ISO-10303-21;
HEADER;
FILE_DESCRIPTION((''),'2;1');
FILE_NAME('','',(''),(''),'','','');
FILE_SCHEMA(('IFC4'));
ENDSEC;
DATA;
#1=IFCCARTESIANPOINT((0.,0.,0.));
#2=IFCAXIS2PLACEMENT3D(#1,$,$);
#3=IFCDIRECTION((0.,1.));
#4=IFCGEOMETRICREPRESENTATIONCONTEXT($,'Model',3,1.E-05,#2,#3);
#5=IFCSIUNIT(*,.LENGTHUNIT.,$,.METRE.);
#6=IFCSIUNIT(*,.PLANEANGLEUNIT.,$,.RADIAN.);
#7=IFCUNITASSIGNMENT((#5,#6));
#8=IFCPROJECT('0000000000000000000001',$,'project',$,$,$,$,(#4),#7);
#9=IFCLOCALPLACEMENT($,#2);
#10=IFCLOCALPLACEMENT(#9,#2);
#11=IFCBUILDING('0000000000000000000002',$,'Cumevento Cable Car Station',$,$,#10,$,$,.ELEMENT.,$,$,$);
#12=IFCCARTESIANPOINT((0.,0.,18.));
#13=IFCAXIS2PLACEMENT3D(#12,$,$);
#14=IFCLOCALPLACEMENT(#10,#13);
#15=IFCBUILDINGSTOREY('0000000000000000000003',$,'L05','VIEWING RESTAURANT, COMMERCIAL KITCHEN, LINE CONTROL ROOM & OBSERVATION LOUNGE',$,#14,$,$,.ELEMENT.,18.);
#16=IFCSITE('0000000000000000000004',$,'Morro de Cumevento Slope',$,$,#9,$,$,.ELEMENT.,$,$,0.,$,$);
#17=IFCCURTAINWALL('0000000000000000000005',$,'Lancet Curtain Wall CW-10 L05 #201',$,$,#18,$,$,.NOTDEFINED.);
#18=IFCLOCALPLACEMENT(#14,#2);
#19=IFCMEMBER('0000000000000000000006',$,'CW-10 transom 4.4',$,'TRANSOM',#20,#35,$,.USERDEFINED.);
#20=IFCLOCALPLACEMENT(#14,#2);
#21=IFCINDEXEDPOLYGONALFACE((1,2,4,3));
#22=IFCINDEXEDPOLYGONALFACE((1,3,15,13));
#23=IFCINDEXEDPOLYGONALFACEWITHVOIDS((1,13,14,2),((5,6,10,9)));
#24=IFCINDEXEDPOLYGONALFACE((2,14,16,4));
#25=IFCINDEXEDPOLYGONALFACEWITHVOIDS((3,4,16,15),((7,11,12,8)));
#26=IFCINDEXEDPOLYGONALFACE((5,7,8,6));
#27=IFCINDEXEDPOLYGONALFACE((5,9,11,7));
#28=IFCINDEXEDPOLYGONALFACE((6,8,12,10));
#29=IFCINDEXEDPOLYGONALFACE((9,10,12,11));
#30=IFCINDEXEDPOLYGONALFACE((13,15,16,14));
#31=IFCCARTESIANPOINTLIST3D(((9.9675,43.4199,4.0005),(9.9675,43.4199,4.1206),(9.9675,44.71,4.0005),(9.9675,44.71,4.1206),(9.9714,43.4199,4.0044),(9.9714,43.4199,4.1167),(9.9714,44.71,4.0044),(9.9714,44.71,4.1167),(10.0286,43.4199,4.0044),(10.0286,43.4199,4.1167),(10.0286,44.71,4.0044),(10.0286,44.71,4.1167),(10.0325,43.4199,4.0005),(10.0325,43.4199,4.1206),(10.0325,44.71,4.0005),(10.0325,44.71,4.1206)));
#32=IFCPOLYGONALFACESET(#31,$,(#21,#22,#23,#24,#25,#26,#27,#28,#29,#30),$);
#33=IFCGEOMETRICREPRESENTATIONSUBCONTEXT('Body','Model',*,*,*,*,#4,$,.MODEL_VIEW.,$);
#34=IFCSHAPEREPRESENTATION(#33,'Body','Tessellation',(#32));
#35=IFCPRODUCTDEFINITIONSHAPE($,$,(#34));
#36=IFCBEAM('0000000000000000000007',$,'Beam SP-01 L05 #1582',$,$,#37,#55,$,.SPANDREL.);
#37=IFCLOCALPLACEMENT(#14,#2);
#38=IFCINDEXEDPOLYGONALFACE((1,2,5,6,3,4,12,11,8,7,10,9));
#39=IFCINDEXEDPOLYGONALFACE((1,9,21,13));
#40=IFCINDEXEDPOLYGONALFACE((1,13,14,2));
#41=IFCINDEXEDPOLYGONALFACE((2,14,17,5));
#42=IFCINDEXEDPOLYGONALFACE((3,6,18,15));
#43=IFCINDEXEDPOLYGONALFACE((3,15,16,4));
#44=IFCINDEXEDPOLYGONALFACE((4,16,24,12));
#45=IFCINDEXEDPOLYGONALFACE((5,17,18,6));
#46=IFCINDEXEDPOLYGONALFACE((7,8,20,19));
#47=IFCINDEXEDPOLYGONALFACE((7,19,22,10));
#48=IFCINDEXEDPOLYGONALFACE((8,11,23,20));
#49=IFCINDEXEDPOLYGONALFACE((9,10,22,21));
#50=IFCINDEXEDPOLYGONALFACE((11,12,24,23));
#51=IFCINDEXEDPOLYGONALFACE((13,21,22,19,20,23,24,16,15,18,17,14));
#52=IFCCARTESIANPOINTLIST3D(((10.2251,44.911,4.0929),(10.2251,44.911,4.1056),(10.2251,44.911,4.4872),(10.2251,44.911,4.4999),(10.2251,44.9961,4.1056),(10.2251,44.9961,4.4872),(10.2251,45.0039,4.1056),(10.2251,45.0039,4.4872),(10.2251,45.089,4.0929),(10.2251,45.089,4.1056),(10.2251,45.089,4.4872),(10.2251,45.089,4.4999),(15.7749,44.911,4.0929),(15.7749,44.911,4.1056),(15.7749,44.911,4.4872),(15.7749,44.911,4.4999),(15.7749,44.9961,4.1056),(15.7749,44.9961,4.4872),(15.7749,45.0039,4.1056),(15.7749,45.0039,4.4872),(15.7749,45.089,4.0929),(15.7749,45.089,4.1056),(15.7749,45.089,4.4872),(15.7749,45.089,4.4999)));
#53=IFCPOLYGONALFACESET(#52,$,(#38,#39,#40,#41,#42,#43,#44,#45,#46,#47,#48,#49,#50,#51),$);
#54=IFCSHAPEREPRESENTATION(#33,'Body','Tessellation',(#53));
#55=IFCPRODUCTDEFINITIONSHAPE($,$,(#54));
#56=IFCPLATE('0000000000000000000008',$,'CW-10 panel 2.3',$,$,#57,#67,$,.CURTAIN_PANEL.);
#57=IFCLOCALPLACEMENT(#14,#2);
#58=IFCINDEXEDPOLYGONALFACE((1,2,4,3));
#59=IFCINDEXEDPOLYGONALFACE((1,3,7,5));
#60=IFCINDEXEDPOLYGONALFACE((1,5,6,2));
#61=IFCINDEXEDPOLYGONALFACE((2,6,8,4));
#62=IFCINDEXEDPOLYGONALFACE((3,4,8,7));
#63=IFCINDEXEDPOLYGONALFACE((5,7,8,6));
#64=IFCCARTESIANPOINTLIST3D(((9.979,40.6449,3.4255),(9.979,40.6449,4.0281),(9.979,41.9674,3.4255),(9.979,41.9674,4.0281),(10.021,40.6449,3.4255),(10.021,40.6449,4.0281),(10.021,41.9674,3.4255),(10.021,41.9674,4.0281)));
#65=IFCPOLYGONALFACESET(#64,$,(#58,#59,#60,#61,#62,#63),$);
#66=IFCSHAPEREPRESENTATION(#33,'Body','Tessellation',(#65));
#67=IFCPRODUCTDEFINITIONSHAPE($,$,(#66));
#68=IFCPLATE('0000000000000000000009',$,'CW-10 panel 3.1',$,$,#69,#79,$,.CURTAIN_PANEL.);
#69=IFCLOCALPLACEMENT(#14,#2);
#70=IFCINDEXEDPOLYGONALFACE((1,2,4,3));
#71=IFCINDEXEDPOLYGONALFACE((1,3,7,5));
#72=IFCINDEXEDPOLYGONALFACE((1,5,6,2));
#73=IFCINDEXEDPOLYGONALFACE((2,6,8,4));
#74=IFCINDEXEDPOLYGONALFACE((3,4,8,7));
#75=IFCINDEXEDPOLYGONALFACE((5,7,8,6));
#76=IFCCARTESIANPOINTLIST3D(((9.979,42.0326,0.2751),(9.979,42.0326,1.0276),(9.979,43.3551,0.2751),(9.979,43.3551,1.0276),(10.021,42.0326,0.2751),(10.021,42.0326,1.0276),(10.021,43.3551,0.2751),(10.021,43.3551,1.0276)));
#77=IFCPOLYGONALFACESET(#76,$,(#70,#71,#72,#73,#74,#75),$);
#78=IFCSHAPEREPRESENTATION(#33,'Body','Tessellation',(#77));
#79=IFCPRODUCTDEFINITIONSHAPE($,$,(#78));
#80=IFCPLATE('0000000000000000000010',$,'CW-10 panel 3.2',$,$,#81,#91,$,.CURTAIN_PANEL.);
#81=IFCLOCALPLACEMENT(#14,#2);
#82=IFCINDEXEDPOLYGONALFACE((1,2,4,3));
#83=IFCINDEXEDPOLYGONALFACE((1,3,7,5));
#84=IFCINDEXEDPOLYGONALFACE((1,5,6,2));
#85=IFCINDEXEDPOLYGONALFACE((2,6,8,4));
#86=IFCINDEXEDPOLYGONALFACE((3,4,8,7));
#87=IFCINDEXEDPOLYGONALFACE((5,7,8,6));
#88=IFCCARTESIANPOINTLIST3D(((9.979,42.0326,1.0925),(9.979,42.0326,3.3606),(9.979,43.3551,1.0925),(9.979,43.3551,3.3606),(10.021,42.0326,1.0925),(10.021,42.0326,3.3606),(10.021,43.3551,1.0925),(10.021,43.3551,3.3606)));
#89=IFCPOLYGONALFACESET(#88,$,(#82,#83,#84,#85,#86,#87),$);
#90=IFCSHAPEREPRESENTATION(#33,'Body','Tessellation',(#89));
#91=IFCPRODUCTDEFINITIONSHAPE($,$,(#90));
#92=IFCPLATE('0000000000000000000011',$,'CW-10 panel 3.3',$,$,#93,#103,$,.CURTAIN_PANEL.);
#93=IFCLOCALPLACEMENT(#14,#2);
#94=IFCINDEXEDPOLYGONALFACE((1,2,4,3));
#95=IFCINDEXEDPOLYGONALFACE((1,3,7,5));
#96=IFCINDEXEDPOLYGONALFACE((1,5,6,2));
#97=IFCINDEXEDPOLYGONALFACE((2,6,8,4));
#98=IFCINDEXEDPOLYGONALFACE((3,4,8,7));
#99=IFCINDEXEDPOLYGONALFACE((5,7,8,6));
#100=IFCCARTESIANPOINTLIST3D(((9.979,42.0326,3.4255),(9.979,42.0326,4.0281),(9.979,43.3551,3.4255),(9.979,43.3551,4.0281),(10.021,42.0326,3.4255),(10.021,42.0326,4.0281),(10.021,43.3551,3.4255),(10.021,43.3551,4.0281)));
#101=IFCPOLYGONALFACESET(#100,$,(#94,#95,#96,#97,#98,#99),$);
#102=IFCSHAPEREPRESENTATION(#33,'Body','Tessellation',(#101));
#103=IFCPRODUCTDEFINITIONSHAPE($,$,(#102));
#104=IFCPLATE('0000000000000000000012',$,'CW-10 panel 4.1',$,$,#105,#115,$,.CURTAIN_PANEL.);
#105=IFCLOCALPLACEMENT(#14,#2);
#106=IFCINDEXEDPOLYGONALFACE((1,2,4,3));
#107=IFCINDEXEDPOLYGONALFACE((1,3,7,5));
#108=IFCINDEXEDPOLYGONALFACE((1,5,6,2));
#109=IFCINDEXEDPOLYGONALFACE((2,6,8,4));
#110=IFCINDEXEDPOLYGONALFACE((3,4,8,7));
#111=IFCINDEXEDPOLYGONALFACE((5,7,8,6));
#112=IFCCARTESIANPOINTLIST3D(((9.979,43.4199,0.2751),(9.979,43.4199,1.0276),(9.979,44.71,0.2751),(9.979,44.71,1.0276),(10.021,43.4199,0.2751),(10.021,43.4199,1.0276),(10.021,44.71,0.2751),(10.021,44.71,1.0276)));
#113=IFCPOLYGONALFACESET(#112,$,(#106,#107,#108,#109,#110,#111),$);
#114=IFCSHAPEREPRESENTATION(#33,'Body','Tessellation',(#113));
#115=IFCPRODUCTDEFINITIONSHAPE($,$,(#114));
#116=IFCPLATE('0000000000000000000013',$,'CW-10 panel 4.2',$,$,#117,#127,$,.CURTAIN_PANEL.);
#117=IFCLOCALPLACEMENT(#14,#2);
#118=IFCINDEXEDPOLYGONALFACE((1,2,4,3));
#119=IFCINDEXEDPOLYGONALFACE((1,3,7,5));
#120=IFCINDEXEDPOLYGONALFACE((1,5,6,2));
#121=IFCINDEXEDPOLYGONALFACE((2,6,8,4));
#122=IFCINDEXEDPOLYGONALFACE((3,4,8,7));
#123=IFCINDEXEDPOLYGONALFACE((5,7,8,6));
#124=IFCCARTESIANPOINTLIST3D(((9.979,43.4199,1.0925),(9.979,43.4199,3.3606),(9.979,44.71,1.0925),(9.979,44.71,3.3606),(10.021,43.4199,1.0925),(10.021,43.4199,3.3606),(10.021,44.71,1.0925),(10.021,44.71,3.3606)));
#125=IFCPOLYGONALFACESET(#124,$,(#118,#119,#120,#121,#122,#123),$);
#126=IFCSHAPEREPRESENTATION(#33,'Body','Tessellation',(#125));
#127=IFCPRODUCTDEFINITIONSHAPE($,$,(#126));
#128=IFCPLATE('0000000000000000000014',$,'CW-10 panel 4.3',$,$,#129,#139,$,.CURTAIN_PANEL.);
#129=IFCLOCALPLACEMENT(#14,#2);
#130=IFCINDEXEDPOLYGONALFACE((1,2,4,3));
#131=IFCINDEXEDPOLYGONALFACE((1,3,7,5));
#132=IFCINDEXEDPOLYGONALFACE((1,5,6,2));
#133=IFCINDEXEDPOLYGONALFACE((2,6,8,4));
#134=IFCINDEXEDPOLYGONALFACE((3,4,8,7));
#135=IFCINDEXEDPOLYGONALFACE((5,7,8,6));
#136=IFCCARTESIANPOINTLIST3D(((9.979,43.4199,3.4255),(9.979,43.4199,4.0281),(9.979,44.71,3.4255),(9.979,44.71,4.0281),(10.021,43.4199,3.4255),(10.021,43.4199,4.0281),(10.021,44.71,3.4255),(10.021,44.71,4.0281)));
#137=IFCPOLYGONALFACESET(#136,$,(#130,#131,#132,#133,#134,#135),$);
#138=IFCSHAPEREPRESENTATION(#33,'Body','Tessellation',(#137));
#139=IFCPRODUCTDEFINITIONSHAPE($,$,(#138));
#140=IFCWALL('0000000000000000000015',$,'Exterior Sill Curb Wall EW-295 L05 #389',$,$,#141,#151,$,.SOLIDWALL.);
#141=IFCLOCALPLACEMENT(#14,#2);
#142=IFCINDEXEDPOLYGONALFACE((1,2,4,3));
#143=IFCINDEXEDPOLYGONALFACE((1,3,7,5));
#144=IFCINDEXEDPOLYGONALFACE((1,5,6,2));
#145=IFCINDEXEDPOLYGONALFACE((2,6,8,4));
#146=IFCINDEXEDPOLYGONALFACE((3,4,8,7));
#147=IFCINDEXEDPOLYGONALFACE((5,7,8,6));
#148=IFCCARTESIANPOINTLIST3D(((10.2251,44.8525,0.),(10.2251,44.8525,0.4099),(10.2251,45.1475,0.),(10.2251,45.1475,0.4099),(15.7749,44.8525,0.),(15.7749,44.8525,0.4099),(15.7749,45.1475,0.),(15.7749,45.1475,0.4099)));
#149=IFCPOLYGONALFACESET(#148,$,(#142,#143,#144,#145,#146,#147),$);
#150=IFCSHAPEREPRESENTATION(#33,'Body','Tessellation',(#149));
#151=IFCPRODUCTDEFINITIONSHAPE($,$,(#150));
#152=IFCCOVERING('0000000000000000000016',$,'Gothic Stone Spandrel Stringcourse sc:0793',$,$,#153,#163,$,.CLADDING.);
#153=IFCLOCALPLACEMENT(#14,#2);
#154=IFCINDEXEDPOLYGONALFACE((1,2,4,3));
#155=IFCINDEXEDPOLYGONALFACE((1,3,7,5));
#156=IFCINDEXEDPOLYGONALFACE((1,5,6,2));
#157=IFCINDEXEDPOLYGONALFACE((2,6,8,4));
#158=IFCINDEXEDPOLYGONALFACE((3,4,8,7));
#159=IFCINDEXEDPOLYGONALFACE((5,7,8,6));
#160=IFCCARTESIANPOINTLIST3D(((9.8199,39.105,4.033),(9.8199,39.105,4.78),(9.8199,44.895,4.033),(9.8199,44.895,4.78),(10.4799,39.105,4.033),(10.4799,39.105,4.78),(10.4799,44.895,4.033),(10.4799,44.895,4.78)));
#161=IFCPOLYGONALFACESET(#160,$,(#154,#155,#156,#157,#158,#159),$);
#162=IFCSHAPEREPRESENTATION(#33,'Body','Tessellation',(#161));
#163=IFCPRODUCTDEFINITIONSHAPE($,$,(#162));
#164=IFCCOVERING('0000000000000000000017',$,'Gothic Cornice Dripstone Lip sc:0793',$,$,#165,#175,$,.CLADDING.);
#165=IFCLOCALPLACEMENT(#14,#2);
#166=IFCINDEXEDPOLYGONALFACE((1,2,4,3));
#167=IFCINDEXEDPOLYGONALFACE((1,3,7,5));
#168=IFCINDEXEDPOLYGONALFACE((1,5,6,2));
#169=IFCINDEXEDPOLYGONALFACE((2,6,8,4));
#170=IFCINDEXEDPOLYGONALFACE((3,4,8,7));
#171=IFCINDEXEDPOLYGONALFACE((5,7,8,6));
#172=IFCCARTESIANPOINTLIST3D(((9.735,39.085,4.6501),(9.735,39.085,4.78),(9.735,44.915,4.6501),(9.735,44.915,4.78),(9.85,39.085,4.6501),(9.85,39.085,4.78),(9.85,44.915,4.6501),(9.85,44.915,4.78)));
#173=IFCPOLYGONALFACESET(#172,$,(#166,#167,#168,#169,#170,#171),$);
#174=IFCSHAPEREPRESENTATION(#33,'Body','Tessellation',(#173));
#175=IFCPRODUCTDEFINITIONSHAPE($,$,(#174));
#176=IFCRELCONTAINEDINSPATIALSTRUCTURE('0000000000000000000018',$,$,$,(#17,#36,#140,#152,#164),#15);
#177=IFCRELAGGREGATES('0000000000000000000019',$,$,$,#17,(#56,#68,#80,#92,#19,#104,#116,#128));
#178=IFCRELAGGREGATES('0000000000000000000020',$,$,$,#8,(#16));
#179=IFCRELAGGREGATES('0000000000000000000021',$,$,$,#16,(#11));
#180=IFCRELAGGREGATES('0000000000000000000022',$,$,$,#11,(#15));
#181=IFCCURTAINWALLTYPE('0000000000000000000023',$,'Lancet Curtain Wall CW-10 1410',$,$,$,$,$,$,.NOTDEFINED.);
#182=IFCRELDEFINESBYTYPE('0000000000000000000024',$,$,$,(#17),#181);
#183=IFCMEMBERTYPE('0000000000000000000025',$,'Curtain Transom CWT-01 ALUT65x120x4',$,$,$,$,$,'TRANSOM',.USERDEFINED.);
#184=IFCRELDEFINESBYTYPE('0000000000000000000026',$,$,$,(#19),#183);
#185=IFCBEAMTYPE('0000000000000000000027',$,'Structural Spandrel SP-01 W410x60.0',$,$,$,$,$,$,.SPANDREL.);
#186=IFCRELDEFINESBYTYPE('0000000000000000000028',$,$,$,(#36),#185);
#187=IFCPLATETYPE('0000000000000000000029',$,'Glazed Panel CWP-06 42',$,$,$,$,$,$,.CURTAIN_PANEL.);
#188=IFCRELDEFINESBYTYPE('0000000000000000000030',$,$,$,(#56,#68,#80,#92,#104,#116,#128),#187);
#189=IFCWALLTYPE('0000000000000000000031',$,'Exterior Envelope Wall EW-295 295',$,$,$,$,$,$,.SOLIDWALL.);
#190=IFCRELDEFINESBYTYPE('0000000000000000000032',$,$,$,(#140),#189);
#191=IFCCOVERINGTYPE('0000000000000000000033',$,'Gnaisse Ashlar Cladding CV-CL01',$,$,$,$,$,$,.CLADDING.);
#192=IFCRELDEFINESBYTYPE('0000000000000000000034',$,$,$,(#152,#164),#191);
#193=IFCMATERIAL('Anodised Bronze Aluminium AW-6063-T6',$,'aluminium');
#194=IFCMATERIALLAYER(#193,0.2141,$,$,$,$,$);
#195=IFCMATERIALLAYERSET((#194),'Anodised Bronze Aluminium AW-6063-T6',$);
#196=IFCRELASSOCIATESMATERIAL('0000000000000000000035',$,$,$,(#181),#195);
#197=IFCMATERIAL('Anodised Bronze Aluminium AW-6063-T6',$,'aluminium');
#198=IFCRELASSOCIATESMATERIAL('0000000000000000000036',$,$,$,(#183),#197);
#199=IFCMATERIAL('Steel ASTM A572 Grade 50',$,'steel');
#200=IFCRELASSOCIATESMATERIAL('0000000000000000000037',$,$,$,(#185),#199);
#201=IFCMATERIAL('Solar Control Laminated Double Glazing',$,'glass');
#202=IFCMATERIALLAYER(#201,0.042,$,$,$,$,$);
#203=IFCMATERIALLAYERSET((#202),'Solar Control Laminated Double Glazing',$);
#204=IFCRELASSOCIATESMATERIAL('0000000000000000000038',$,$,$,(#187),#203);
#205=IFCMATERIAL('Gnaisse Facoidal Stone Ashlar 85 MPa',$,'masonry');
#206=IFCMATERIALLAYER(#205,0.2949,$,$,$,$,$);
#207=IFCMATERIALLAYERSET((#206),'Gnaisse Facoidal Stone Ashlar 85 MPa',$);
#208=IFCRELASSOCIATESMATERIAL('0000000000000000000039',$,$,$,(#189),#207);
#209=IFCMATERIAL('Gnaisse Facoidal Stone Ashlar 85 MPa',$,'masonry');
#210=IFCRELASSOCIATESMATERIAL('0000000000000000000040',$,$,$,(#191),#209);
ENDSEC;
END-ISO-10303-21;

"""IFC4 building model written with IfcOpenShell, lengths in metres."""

from ifc_helpers import new_model, si_unit, direction, frame, frame_2d, origin, origin_2d, place, context, subcontext, project, spatial, rectangle, hollow_rectangle, i_section, extrude, material, layer, layer_set, material_profile, profile_set, type_object, element, aggregate, save


model = new_model("IFC4")

# Units and contexts
model_context = context("Model", 3, precision=1e-05, world=origin(), true_north=direction((0.0, 1.0)))
body_context = subcontext(model_context, "Body", "Model", "MODEL_VIEW")
ifc_project = project(units=[si_unit("LENGTHUNIT", "METRE"), si_unit("PLANEANGLEUNIT", "RADIAN")], contexts=[model_context])

# Site, building, storey
site_placement = place(None, origin())
site = spatial("IfcSite", under=ifc_project, at=site_placement, Name="Morro de Cumevento Slope", CompositionType="ELEMENT", RefElevation=0.0)
building_placement = place(site_placement, origin())
building = spatial("IfcBuilding", under=site, at=building_placement, Name="Cumevento Cable Car Station", CompositionType="ELEMENT")
storey_placement = place(building_placement, frame((0.0, 0.0, 18.0)))
storey = spatial("IfcBuildingStorey", under=building, at=storey_placement, Name="L05", Description="VIEWING RESTAURANT, COMMERCIAL KITCHEN, LINE CONTROL ROOM & OBSERVATION LOUNGE", CompositionType="ELEMENT", Elevation=18.0)

# Curtain wall, member
ifc_material_1 = material(Name="Anodised Bronze Aluminium AW-6063-T6", Category="aluminium")
ifc_layer_1 = layer(ifc_material_1, 0.2141)
ifc_layer_set_1 = layer_set([ifc_layer_1], Name="Anodised Bronze Aluminium AW-6063-T6")
curtain_wall_type = type_object("IfcCurtainWallType", Name="Lancet Curtain Wall CW-10 1410", PredefinedType="NOTDEFINED", material=ifc_layer_set_1)
curtain_wall_placement = place(storey_placement, origin())
curtain_wall = element("IfcCurtainWall", 1, at=curtain_wall_placement, inside=storey, type_object=curtain_wall_type, Name="Lancet Curtain Wall CW-10 L05 #201", PredefinedType="NOTDEFINED")
ifc_material_2 = material(Name="Anodised Bronze Aluminium AW-6063-T6", Category="aluminium")
ifc_material_profile_1 = material_profile(ifc_material_2, hollow_rectangle(XDim=0.0649, YDim=0.1201, WallThickness=0.0039, at=origin_2d()), Name="ALUT65x120x4")
ifc_profile_set_1 = profile_set([ifc_material_profile_1], Name="Anodised Bronze Aluminium AW-6063-T6")
member_type_1 = type_object("IfcMemberType", Name="Curtain Transom CWT-01 ALUT65x120x4", ElementType="TRANSOM", PredefinedType="USERDEFINED", material=ifc_profile_set_1)
member_1_placement = place(storey_placement, frame((10.0, 43.4199, 4.0605), z_axis=(0.0, 1.0, 0.0), x_axis=(-1.0, 0.0, 0.0)))
member_1 = element("IfcMember", 2, at=member_1_placement, type_object=member_type_1, Name="CW-10 transom 4.4", ObjectType="TRANSOM", PredefinedType="USERDEFINED", context=body_context, shape_type="SweptSolid", body=[
    extrude(hollow_rectangle(XDim=0.0649, YDim=0.1201, WallThickness=0.0039, at=origin_2d()), origin(), (0.0, 0.0, 1.0), 1.29),
])

# Beam
ifc_material_3 = material(Name="Steel ASTM A572 Grade 50", Category="steel")
ifc_material_profile_2 = material_profile(ifc_material_3, i_section(OverallWidth=0.178, OverallDepth=0.407, WebThickness=0.0078, FlangeThickness=0.0127, at=origin_2d()), Name="W410x60.0")
ifc_profile_set_2 = profile_set([ifc_material_profile_2], Name="Steel ASTM A572 Grade 50")
beam_type = type_object("IfcBeamType", Name="Structural Spandrel SP-01 W410x60.0", PredefinedType="SPANDREL", material=ifc_profile_set_2)
beam_placement = place(storey_placement, frame((10.2251, 45.0, 4.2964), z_axis=(1.0, 0.0, 0.0), x_axis=(0.0, 1.0, 0.0)))
element("IfcBeam", 3, at=beam_placement, inside=storey, type_object=beam_type, Name="Beam SP-01 L05 #1582", PredefinedType="SPANDREL", context=body_context, shape_type="SweptSolid", body=[
    extrude(i_section(OverallWidth=0.178, OverallDepth=0.407, WebThickness=0.0078, FlangeThickness=0.0127, at=origin_2d()), origin(), (0.0, 0.0, 1.0), 5.5498),
])

# Plates
ifc_material_4 = material(Name="Solar Control Laminated Double Glazing", Category="glass")
ifc_layer_2 = layer(ifc_material_4, 0.042)
ifc_layer_set_2 = layer_set([ifc_layer_2], Name="Solar Control Laminated Double Glazing")
plate_type = type_object("IfcPlateType", Name="Glazed Panel CWP-06 42", PredefinedType="CURTAIN_PANEL", material=ifc_layer_set_2)
plate_1_placement = place(storey_placement, frame((10.0, 41.3062, 3.4255), z_axis=(0.0, 0.0, 1.0), x_axis=(0.0, 1.0, 0.0)))
plate_1 = element("IfcPlate", 4, at=plate_1_placement, type_object=plate_type, Name="CW-10 panel 2.3", PredefinedType="CURTAIN_PANEL", context=body_context, shape_type="SweptSolid", body=[
    extrude(rectangle(XDim=1.3225, YDim=0.042, at=origin_2d()), origin(), (0.0, 0.0, 1.0), 0.6025),
])
plate_2_placement = place(storey_placement, frame((10.0, 42.6938, 0.2751), z_axis=(0.0, 0.0, 1.0), x_axis=(0.0, 1.0, 0.0)))
plate_2 = element("IfcPlate", 5, at=plate_2_placement, type_object=plate_type, Name="CW-10 panel 3.1", PredefinedType="CURTAIN_PANEL", context=body_context, shape_type="SweptSolid", body=[
    extrude(rectangle(XDim=1.3225, YDim=0.042, at=origin_2d()), origin(), (0.0, 0.0, 1.0), 0.7524),
])
plate_3_placement = place(storey_placement, frame((10.0, 42.6938, 1.0925), z_axis=(0.0, 0.0, 1.0), x_axis=(0.0, 1.0, 0.0)))
plate_3 = element("IfcPlate", 6, at=plate_3_placement, type_object=plate_type, Name="CW-10 panel 3.2", PredefinedType="CURTAIN_PANEL", context=body_context, shape_type="SweptSolid", body=[
    extrude(rectangle(XDim=1.3225, YDim=0.042, at=origin_2d()), origin(), (0.0, 0.0, 1.0), 2.2681),
])
plate_4_placement = place(storey_placement, frame((10.0, 42.6938, 3.4255), z_axis=(0.0, 0.0, 1.0), x_axis=(0.0, 1.0, 0.0)))
plate_4 = element("IfcPlate", 7, at=plate_4_placement, type_object=plate_type, Name="CW-10 panel 3.3", PredefinedType="CURTAIN_PANEL", context=body_context, shape_type="SweptSolid", body=[
    extrude(rectangle(XDim=1.3225, YDim=0.042, at=origin_2d()), origin(), (0.0, 0.0, 1.0), 0.6025),
])
plate_5_placement = place(storey_placement, frame((10.0, 44.0649, 0.2751), z_axis=(0.0, 0.0, 1.0), x_axis=(0.0, 1.0, 0.0)))
plate_5 = element("IfcPlate", 8, at=plate_5_placement, type_object=plate_type, Name="CW-10 panel 4.1", PredefinedType="CURTAIN_PANEL", context=body_context, shape_type="SweptSolid", body=[
    extrude(rectangle(XDim=1.29, YDim=0.042, at=origin_2d()), origin(), (0.0, 0.0, 1.0), 0.7524),
])
plate_6_placement = place(storey_placement, frame((10.0, 44.0649, 1.0925), z_axis=(0.0, 0.0, 1.0), x_axis=(0.0, 1.0, 0.0)))
plate_6 = element("IfcPlate", 9, at=plate_6_placement, type_object=plate_type, Name="CW-10 panel 4.2", PredefinedType="CURTAIN_PANEL", context=body_context, shape_type="SweptSolid", body=[
    extrude(rectangle(XDim=1.29, YDim=0.042, at=origin_2d()), origin(), (0.0, 0.0, 1.0), 2.2681),
])
plate_7_placement = place(storey_placement, frame((10.0, 44.0649, 3.4255), z_axis=(0.0, 0.0, 1.0), x_axis=(0.0, 1.0, 0.0)))
plate_7 = element("IfcPlate", 10, at=plate_7_placement, type_object=plate_type, Name="CW-10 panel 4.3", PredefinedType="CURTAIN_PANEL", context=body_context, shape_type="SweptSolid", body=[
    extrude(rectangle(XDim=1.29, YDim=0.042, at=origin_2d()), origin(), (0.0, 0.0, 1.0), 0.6025),
])
aggregate(curtain_wall, [plate_1, plate_2, plate_3, plate_4, member_1, plate_5, plate_6, plate_7])

# Wall
ifc_material_5 = material(Name="Gnaisse Facoidal Stone Ashlar 85 MPa", Category="masonry")
ifc_layer_3 = layer(ifc_material_5, 0.2949)
ifc_layer_set_3 = layer_set([ifc_layer_3], Name="Gnaisse Facoidal Stone Ashlar 85 MPa")
wall_type = type_object("IfcWallType", Name="Exterior Envelope Wall EW-295 295", PredefinedType="SOLIDWALL", material=ifc_layer_set_3)
wall_placement = place(storey_placement, frame((10.2251, 45.0, 0.0), z_axis=(0.0, 0.0, 1.0), x_axis=(1.0, 0.0, 0.0)))
element("IfcWall", 11, at=wall_placement, inside=storey, type_object=wall_type, Name="Exterior Sill Curb Wall EW-295 L05 #389", PredefinedType="SOLIDWALL", context=body_context, shape_type="SweptSolid", body=[
    extrude(rectangle(XDim=5.5498, YDim=0.2949, at=frame_2d((2.7749, 0.0))), origin(), (0.0, 0.0, 1.0), 0.4099),
])

# Coverings
ifc_material_6 = material(Name="Gnaisse Facoidal Stone Ashlar 85 MPa", Category="masonry")
covering_type = type_object("IfcCoveringType", Name="Gnaisse Ashlar Cladding CV-CL01", PredefinedType="CLADDING", material=ifc_material_6)
covering_1_placement = place(storey_placement, frame((10.1499, 42.0, 4.033), z_axis=(0.0, 0.0, 1.0), x_axis=(0.0, 1.0, 0.0)))
element("IfcCovering", 12, at=covering_1_placement, inside=storey, type_object=covering_type, Name="Gothic Stone Spandrel Stringcourse sc:0793", PredefinedType="CLADDING", context=body_context, shape_type="SweptSolid", body=[
    extrude(rectangle(XDim=5.79, YDim=0.6599, at=origin_2d()), origin(), (0.0, 0.0, 1.0), 0.7471),
])
covering_2_placement = place(storey_placement, frame((9.7925, 42.0, 4.6501), z_axis=(0.0, 0.0, 1.0), x_axis=(0.0, 1.0, 0.0)))
element("IfcCovering", 13, at=covering_2_placement, inside=storey, type_object=covering_type, Name="Gothic Cornice Dripstone Lip sc:0793", PredefinedType="CLADDING", context=body_context, shape_type="SweptSolid", body=[
    extrude(rectangle(XDim=5.8301, YDim=0.115, at=origin_2d()), origin(), (0.0, 0.0, 1.0), 0.1299),
])

save(model, "model.ifc")
